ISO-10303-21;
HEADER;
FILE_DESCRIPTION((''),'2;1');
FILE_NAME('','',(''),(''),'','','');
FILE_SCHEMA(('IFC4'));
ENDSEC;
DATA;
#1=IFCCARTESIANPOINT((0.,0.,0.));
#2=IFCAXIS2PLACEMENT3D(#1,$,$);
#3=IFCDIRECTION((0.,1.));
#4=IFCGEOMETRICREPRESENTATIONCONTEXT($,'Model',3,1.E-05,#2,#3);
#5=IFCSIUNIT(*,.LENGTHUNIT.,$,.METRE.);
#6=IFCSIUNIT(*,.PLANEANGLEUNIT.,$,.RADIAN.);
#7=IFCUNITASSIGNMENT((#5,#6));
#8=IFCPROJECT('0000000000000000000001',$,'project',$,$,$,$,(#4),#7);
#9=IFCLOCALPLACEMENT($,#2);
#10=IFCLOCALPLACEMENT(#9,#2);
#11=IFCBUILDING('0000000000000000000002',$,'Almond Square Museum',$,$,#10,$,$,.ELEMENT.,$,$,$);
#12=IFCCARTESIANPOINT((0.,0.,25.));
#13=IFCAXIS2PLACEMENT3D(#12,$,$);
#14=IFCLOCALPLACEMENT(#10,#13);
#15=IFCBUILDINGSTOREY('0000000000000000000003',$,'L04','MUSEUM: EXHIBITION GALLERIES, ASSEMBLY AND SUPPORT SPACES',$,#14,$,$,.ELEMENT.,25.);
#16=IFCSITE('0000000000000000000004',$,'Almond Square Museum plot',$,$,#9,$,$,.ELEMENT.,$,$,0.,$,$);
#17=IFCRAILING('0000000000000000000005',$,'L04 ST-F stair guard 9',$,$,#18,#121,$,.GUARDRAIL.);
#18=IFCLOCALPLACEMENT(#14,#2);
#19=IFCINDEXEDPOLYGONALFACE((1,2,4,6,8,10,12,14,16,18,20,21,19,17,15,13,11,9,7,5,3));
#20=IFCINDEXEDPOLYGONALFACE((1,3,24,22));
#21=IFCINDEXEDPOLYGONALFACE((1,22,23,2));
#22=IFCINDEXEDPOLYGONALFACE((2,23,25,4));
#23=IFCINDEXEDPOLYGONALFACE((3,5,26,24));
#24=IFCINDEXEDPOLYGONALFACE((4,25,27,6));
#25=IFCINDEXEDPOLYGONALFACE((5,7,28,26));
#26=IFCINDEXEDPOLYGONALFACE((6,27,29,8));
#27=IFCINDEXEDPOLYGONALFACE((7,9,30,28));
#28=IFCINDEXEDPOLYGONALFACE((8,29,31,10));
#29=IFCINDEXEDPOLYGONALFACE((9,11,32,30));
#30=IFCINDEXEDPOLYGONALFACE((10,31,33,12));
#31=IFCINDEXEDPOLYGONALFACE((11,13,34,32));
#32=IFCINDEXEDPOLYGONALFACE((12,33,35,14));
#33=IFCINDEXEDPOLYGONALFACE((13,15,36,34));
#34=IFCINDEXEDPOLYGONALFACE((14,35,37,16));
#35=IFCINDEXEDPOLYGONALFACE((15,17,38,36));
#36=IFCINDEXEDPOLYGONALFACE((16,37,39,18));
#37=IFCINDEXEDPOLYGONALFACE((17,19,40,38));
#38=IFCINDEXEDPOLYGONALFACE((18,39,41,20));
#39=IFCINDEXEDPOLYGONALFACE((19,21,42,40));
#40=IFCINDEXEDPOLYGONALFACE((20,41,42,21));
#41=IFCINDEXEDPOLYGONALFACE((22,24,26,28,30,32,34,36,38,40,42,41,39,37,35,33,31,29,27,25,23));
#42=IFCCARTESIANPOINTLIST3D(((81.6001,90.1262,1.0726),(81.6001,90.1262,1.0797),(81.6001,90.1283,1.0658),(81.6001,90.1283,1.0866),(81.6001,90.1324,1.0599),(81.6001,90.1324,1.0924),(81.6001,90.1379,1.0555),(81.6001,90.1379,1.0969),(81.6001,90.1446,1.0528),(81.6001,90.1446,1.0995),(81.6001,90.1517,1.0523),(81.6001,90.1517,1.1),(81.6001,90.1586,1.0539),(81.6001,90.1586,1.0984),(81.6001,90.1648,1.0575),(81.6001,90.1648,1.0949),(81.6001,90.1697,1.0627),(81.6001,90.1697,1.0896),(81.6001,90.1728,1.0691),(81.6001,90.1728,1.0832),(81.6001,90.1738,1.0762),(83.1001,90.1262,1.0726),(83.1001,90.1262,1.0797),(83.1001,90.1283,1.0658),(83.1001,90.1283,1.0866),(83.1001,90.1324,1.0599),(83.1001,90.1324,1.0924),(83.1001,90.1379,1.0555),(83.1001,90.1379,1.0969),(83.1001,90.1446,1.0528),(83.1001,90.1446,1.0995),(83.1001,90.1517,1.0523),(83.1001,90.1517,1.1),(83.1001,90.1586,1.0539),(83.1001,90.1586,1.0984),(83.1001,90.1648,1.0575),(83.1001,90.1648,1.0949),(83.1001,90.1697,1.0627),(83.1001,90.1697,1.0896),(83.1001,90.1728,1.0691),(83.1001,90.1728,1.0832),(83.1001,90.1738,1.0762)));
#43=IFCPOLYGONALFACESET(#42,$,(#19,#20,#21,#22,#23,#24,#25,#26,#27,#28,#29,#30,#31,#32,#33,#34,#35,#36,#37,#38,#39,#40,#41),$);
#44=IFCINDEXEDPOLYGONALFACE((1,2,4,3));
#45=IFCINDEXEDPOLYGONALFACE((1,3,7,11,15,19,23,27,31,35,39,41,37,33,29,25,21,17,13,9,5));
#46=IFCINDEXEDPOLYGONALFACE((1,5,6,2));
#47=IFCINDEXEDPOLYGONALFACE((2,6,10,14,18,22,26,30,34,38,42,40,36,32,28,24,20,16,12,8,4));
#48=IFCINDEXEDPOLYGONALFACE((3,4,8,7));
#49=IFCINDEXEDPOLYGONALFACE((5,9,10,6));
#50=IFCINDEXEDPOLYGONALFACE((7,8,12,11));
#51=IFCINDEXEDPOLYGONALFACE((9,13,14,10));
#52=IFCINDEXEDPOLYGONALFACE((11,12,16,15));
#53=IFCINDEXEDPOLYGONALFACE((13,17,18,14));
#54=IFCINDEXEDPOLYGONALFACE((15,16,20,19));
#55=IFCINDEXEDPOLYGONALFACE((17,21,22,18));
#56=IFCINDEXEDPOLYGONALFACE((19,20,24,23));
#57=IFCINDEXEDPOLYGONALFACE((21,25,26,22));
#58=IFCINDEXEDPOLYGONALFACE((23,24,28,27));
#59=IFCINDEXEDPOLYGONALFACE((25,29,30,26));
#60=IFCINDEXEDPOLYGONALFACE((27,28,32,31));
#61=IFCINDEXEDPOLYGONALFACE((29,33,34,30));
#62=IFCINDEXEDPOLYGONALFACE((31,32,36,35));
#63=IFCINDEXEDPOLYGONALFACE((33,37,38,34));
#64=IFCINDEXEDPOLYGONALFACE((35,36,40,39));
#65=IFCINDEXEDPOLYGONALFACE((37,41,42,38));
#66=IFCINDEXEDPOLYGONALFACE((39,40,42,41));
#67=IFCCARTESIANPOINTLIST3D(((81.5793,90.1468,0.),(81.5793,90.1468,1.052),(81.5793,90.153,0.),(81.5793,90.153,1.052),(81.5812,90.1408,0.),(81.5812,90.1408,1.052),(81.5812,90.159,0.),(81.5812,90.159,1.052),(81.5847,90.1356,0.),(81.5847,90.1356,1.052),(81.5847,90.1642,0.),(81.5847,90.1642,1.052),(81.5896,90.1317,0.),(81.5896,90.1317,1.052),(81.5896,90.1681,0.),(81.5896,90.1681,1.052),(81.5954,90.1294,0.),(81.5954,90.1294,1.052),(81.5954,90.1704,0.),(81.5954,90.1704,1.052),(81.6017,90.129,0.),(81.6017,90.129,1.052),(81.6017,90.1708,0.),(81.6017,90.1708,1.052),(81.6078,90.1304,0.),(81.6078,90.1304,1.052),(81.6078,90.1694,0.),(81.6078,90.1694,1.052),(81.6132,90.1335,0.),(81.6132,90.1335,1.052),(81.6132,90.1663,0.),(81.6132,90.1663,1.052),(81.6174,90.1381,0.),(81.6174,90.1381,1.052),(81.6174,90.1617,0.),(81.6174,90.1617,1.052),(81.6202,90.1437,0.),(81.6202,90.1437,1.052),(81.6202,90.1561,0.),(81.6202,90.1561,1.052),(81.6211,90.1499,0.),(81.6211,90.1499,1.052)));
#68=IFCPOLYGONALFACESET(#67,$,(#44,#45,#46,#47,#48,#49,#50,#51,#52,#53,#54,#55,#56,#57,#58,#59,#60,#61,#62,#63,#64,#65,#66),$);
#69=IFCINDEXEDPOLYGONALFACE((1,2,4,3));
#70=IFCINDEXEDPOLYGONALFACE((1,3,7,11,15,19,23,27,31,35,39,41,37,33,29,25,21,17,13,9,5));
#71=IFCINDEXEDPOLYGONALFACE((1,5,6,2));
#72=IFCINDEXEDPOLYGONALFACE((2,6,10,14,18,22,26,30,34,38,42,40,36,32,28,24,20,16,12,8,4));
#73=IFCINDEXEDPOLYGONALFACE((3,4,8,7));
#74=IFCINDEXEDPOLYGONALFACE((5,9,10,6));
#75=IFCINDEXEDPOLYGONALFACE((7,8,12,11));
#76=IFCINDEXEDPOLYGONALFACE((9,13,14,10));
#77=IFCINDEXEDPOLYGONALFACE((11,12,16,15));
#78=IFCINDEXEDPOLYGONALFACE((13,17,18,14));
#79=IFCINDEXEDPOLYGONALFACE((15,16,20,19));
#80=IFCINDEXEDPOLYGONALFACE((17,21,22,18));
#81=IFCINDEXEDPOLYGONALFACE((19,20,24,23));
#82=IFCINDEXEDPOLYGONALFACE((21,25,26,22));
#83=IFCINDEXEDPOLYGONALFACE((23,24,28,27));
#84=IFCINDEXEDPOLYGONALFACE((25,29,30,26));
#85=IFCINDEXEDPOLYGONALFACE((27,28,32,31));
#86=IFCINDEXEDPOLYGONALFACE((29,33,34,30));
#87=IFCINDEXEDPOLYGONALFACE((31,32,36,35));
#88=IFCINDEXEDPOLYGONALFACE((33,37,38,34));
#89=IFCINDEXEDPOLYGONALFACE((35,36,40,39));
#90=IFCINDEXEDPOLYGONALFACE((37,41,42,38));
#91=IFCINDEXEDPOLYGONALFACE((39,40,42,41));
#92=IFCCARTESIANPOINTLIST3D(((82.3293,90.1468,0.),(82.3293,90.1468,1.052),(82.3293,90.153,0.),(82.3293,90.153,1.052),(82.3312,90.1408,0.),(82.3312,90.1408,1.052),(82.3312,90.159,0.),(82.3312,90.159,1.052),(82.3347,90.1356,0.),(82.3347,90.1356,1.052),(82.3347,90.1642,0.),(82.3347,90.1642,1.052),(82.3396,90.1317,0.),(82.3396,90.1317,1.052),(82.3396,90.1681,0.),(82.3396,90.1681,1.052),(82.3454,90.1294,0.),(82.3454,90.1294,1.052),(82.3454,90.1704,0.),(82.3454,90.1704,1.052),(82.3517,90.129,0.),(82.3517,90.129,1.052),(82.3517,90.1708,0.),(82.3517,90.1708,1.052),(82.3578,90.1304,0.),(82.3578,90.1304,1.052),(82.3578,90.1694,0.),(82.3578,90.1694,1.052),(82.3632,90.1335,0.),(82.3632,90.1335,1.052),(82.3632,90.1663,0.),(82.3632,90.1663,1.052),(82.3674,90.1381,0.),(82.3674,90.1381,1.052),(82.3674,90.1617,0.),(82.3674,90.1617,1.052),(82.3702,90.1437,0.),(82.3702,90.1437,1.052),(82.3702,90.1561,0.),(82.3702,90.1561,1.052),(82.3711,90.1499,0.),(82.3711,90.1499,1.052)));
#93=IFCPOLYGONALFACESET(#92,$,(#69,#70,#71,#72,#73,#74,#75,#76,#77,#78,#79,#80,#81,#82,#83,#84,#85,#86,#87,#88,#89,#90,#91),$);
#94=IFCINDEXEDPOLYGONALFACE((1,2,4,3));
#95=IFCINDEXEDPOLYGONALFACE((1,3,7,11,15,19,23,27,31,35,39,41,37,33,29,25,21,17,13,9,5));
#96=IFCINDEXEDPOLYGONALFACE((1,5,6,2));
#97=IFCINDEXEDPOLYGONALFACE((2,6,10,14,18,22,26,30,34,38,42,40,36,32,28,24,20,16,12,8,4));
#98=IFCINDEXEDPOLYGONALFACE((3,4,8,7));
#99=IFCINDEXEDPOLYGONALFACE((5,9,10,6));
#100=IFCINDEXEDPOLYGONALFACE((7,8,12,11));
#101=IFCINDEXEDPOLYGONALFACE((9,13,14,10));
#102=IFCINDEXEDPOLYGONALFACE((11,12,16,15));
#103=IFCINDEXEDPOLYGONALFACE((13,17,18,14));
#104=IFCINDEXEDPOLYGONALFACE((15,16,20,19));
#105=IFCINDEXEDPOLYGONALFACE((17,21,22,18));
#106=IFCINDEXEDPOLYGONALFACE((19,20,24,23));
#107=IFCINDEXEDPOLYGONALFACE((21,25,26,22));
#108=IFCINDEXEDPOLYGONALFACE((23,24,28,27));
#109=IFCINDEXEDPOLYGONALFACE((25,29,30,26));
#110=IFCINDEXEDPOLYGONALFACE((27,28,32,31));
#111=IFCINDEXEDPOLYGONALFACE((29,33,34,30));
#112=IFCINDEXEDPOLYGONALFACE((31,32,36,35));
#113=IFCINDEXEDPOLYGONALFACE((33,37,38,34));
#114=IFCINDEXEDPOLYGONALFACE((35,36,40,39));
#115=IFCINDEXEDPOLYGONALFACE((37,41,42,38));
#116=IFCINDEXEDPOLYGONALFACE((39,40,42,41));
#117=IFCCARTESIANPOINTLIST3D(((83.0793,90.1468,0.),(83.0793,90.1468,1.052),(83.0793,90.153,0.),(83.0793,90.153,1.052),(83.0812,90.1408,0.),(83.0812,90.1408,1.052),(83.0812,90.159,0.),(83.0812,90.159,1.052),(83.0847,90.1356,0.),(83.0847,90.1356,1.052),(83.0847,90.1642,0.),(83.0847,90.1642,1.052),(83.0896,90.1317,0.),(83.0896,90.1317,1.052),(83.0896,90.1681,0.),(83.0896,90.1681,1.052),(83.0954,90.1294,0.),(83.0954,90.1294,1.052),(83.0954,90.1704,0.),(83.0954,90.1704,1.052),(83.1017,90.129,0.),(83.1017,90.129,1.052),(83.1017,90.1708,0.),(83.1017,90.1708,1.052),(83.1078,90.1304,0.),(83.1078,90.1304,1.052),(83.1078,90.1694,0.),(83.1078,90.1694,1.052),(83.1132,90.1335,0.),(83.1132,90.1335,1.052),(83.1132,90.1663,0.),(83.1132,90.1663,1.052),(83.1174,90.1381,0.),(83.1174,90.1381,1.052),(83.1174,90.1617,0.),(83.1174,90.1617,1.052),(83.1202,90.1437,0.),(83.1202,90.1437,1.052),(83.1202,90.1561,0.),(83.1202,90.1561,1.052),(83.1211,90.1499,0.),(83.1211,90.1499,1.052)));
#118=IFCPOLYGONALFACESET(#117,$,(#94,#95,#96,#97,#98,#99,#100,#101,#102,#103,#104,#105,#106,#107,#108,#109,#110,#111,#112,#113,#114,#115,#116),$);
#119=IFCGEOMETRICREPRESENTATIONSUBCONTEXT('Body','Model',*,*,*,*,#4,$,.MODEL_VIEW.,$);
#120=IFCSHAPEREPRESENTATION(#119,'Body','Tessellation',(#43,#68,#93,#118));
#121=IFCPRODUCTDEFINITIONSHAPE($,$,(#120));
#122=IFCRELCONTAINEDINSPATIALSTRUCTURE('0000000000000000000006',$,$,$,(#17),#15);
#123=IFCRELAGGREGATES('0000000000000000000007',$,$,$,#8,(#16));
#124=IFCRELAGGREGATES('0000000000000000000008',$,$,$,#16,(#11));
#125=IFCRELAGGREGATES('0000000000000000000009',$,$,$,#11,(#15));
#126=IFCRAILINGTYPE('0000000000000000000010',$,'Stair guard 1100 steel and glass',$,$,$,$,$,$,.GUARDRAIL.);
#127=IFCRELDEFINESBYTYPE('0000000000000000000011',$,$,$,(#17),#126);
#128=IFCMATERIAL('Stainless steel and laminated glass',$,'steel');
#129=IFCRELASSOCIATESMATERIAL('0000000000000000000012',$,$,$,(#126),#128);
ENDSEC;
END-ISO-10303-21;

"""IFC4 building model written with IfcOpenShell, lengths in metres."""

from ifc_helpers import new_model, si_unit, direction, frame, origin, origin_2d, place, context, subcontext, project, spatial, circle, extrude, material, type_object, element, save


model = new_model("IFC4")

# Units and contexts
model_context = context("Model", 3, precision=1e-05, world=origin(), true_north=direction((0.0, 1.0)))
body_context = subcontext(model_context, "Body", "Model", "MODEL_VIEW")
ifc_project = project(units=[si_unit("LENGTHUNIT", "METRE"), si_unit("PLANEANGLEUNIT", "RADIAN")], contexts=[model_context])

# Site, building, storey
site_placement = place(None, origin())
site = spatial("IfcSite", under=ifc_project, at=site_placement, Name="Almond Square Museum plot", CompositionType="ELEMENT", RefElevation=0.0)
building_placement = place(site_placement, origin())
building = spatial("IfcBuilding", under=site, at=building_placement, Name="Almond Square Museum", CompositionType="ELEMENT")
storey_placement = place(building_placement, frame((0.0, 0.0, 25.0)))
storey = spatial("IfcBuildingStorey", under=building, at=storey_placement, Name="L04", Description="MUSEUM: EXHIBITION GALLERIES, ASSEMBLY AND SUPPORT SPACES", CompositionType="ELEMENT", Elevation=25.0)

# Railing
ifc_material_1 = material(Name="Stainless steel and laminated glass", Category="steel")
railing_type_1 = type_object("IfcRailingType", Name="Stair guard 1100 steel and glass", PredefinedType="GUARDRAIL", material=ifc_material_1)
for number, where, name in (
    (1, (81.6001, 90.1499, 0.0), "L04 ST-F stair guard 9"),
):
    element("IfcRailing", number, at=place(storey_placement, frame(where)), inside=storey, type_object=railing_type_1, Name=name, PredefinedType="GUARDRAIL", context=body_context, shape_type="SweptSolid", body=[
        extrude(circle(Radius=0.0239, at=origin_2d()), frame((0.0, 0.0, 1.0762), z_axis=(1.0, 0.0, 0.0), x_axis=(0.0, 1.0, 0.0)), (0.0, 0.0, 1.0), 1.5),
        extrude(circle(Radius=0.021, at=origin_2d()), origin(), (0.0, 0.0, 1.0), 1.052),
        extrude(circle(Radius=0.021, at=origin_2d()), frame((0.75, 0.0, 0.0)), (0.0, 0.0, 1.0), 1.052),
        extrude(circle(Radius=0.021, at=origin_2d()), frame((1.5, 0.0, 0.0)), (0.0, 0.0, 1.0), 1.052),
    ])

save(model, "model.ifc")
